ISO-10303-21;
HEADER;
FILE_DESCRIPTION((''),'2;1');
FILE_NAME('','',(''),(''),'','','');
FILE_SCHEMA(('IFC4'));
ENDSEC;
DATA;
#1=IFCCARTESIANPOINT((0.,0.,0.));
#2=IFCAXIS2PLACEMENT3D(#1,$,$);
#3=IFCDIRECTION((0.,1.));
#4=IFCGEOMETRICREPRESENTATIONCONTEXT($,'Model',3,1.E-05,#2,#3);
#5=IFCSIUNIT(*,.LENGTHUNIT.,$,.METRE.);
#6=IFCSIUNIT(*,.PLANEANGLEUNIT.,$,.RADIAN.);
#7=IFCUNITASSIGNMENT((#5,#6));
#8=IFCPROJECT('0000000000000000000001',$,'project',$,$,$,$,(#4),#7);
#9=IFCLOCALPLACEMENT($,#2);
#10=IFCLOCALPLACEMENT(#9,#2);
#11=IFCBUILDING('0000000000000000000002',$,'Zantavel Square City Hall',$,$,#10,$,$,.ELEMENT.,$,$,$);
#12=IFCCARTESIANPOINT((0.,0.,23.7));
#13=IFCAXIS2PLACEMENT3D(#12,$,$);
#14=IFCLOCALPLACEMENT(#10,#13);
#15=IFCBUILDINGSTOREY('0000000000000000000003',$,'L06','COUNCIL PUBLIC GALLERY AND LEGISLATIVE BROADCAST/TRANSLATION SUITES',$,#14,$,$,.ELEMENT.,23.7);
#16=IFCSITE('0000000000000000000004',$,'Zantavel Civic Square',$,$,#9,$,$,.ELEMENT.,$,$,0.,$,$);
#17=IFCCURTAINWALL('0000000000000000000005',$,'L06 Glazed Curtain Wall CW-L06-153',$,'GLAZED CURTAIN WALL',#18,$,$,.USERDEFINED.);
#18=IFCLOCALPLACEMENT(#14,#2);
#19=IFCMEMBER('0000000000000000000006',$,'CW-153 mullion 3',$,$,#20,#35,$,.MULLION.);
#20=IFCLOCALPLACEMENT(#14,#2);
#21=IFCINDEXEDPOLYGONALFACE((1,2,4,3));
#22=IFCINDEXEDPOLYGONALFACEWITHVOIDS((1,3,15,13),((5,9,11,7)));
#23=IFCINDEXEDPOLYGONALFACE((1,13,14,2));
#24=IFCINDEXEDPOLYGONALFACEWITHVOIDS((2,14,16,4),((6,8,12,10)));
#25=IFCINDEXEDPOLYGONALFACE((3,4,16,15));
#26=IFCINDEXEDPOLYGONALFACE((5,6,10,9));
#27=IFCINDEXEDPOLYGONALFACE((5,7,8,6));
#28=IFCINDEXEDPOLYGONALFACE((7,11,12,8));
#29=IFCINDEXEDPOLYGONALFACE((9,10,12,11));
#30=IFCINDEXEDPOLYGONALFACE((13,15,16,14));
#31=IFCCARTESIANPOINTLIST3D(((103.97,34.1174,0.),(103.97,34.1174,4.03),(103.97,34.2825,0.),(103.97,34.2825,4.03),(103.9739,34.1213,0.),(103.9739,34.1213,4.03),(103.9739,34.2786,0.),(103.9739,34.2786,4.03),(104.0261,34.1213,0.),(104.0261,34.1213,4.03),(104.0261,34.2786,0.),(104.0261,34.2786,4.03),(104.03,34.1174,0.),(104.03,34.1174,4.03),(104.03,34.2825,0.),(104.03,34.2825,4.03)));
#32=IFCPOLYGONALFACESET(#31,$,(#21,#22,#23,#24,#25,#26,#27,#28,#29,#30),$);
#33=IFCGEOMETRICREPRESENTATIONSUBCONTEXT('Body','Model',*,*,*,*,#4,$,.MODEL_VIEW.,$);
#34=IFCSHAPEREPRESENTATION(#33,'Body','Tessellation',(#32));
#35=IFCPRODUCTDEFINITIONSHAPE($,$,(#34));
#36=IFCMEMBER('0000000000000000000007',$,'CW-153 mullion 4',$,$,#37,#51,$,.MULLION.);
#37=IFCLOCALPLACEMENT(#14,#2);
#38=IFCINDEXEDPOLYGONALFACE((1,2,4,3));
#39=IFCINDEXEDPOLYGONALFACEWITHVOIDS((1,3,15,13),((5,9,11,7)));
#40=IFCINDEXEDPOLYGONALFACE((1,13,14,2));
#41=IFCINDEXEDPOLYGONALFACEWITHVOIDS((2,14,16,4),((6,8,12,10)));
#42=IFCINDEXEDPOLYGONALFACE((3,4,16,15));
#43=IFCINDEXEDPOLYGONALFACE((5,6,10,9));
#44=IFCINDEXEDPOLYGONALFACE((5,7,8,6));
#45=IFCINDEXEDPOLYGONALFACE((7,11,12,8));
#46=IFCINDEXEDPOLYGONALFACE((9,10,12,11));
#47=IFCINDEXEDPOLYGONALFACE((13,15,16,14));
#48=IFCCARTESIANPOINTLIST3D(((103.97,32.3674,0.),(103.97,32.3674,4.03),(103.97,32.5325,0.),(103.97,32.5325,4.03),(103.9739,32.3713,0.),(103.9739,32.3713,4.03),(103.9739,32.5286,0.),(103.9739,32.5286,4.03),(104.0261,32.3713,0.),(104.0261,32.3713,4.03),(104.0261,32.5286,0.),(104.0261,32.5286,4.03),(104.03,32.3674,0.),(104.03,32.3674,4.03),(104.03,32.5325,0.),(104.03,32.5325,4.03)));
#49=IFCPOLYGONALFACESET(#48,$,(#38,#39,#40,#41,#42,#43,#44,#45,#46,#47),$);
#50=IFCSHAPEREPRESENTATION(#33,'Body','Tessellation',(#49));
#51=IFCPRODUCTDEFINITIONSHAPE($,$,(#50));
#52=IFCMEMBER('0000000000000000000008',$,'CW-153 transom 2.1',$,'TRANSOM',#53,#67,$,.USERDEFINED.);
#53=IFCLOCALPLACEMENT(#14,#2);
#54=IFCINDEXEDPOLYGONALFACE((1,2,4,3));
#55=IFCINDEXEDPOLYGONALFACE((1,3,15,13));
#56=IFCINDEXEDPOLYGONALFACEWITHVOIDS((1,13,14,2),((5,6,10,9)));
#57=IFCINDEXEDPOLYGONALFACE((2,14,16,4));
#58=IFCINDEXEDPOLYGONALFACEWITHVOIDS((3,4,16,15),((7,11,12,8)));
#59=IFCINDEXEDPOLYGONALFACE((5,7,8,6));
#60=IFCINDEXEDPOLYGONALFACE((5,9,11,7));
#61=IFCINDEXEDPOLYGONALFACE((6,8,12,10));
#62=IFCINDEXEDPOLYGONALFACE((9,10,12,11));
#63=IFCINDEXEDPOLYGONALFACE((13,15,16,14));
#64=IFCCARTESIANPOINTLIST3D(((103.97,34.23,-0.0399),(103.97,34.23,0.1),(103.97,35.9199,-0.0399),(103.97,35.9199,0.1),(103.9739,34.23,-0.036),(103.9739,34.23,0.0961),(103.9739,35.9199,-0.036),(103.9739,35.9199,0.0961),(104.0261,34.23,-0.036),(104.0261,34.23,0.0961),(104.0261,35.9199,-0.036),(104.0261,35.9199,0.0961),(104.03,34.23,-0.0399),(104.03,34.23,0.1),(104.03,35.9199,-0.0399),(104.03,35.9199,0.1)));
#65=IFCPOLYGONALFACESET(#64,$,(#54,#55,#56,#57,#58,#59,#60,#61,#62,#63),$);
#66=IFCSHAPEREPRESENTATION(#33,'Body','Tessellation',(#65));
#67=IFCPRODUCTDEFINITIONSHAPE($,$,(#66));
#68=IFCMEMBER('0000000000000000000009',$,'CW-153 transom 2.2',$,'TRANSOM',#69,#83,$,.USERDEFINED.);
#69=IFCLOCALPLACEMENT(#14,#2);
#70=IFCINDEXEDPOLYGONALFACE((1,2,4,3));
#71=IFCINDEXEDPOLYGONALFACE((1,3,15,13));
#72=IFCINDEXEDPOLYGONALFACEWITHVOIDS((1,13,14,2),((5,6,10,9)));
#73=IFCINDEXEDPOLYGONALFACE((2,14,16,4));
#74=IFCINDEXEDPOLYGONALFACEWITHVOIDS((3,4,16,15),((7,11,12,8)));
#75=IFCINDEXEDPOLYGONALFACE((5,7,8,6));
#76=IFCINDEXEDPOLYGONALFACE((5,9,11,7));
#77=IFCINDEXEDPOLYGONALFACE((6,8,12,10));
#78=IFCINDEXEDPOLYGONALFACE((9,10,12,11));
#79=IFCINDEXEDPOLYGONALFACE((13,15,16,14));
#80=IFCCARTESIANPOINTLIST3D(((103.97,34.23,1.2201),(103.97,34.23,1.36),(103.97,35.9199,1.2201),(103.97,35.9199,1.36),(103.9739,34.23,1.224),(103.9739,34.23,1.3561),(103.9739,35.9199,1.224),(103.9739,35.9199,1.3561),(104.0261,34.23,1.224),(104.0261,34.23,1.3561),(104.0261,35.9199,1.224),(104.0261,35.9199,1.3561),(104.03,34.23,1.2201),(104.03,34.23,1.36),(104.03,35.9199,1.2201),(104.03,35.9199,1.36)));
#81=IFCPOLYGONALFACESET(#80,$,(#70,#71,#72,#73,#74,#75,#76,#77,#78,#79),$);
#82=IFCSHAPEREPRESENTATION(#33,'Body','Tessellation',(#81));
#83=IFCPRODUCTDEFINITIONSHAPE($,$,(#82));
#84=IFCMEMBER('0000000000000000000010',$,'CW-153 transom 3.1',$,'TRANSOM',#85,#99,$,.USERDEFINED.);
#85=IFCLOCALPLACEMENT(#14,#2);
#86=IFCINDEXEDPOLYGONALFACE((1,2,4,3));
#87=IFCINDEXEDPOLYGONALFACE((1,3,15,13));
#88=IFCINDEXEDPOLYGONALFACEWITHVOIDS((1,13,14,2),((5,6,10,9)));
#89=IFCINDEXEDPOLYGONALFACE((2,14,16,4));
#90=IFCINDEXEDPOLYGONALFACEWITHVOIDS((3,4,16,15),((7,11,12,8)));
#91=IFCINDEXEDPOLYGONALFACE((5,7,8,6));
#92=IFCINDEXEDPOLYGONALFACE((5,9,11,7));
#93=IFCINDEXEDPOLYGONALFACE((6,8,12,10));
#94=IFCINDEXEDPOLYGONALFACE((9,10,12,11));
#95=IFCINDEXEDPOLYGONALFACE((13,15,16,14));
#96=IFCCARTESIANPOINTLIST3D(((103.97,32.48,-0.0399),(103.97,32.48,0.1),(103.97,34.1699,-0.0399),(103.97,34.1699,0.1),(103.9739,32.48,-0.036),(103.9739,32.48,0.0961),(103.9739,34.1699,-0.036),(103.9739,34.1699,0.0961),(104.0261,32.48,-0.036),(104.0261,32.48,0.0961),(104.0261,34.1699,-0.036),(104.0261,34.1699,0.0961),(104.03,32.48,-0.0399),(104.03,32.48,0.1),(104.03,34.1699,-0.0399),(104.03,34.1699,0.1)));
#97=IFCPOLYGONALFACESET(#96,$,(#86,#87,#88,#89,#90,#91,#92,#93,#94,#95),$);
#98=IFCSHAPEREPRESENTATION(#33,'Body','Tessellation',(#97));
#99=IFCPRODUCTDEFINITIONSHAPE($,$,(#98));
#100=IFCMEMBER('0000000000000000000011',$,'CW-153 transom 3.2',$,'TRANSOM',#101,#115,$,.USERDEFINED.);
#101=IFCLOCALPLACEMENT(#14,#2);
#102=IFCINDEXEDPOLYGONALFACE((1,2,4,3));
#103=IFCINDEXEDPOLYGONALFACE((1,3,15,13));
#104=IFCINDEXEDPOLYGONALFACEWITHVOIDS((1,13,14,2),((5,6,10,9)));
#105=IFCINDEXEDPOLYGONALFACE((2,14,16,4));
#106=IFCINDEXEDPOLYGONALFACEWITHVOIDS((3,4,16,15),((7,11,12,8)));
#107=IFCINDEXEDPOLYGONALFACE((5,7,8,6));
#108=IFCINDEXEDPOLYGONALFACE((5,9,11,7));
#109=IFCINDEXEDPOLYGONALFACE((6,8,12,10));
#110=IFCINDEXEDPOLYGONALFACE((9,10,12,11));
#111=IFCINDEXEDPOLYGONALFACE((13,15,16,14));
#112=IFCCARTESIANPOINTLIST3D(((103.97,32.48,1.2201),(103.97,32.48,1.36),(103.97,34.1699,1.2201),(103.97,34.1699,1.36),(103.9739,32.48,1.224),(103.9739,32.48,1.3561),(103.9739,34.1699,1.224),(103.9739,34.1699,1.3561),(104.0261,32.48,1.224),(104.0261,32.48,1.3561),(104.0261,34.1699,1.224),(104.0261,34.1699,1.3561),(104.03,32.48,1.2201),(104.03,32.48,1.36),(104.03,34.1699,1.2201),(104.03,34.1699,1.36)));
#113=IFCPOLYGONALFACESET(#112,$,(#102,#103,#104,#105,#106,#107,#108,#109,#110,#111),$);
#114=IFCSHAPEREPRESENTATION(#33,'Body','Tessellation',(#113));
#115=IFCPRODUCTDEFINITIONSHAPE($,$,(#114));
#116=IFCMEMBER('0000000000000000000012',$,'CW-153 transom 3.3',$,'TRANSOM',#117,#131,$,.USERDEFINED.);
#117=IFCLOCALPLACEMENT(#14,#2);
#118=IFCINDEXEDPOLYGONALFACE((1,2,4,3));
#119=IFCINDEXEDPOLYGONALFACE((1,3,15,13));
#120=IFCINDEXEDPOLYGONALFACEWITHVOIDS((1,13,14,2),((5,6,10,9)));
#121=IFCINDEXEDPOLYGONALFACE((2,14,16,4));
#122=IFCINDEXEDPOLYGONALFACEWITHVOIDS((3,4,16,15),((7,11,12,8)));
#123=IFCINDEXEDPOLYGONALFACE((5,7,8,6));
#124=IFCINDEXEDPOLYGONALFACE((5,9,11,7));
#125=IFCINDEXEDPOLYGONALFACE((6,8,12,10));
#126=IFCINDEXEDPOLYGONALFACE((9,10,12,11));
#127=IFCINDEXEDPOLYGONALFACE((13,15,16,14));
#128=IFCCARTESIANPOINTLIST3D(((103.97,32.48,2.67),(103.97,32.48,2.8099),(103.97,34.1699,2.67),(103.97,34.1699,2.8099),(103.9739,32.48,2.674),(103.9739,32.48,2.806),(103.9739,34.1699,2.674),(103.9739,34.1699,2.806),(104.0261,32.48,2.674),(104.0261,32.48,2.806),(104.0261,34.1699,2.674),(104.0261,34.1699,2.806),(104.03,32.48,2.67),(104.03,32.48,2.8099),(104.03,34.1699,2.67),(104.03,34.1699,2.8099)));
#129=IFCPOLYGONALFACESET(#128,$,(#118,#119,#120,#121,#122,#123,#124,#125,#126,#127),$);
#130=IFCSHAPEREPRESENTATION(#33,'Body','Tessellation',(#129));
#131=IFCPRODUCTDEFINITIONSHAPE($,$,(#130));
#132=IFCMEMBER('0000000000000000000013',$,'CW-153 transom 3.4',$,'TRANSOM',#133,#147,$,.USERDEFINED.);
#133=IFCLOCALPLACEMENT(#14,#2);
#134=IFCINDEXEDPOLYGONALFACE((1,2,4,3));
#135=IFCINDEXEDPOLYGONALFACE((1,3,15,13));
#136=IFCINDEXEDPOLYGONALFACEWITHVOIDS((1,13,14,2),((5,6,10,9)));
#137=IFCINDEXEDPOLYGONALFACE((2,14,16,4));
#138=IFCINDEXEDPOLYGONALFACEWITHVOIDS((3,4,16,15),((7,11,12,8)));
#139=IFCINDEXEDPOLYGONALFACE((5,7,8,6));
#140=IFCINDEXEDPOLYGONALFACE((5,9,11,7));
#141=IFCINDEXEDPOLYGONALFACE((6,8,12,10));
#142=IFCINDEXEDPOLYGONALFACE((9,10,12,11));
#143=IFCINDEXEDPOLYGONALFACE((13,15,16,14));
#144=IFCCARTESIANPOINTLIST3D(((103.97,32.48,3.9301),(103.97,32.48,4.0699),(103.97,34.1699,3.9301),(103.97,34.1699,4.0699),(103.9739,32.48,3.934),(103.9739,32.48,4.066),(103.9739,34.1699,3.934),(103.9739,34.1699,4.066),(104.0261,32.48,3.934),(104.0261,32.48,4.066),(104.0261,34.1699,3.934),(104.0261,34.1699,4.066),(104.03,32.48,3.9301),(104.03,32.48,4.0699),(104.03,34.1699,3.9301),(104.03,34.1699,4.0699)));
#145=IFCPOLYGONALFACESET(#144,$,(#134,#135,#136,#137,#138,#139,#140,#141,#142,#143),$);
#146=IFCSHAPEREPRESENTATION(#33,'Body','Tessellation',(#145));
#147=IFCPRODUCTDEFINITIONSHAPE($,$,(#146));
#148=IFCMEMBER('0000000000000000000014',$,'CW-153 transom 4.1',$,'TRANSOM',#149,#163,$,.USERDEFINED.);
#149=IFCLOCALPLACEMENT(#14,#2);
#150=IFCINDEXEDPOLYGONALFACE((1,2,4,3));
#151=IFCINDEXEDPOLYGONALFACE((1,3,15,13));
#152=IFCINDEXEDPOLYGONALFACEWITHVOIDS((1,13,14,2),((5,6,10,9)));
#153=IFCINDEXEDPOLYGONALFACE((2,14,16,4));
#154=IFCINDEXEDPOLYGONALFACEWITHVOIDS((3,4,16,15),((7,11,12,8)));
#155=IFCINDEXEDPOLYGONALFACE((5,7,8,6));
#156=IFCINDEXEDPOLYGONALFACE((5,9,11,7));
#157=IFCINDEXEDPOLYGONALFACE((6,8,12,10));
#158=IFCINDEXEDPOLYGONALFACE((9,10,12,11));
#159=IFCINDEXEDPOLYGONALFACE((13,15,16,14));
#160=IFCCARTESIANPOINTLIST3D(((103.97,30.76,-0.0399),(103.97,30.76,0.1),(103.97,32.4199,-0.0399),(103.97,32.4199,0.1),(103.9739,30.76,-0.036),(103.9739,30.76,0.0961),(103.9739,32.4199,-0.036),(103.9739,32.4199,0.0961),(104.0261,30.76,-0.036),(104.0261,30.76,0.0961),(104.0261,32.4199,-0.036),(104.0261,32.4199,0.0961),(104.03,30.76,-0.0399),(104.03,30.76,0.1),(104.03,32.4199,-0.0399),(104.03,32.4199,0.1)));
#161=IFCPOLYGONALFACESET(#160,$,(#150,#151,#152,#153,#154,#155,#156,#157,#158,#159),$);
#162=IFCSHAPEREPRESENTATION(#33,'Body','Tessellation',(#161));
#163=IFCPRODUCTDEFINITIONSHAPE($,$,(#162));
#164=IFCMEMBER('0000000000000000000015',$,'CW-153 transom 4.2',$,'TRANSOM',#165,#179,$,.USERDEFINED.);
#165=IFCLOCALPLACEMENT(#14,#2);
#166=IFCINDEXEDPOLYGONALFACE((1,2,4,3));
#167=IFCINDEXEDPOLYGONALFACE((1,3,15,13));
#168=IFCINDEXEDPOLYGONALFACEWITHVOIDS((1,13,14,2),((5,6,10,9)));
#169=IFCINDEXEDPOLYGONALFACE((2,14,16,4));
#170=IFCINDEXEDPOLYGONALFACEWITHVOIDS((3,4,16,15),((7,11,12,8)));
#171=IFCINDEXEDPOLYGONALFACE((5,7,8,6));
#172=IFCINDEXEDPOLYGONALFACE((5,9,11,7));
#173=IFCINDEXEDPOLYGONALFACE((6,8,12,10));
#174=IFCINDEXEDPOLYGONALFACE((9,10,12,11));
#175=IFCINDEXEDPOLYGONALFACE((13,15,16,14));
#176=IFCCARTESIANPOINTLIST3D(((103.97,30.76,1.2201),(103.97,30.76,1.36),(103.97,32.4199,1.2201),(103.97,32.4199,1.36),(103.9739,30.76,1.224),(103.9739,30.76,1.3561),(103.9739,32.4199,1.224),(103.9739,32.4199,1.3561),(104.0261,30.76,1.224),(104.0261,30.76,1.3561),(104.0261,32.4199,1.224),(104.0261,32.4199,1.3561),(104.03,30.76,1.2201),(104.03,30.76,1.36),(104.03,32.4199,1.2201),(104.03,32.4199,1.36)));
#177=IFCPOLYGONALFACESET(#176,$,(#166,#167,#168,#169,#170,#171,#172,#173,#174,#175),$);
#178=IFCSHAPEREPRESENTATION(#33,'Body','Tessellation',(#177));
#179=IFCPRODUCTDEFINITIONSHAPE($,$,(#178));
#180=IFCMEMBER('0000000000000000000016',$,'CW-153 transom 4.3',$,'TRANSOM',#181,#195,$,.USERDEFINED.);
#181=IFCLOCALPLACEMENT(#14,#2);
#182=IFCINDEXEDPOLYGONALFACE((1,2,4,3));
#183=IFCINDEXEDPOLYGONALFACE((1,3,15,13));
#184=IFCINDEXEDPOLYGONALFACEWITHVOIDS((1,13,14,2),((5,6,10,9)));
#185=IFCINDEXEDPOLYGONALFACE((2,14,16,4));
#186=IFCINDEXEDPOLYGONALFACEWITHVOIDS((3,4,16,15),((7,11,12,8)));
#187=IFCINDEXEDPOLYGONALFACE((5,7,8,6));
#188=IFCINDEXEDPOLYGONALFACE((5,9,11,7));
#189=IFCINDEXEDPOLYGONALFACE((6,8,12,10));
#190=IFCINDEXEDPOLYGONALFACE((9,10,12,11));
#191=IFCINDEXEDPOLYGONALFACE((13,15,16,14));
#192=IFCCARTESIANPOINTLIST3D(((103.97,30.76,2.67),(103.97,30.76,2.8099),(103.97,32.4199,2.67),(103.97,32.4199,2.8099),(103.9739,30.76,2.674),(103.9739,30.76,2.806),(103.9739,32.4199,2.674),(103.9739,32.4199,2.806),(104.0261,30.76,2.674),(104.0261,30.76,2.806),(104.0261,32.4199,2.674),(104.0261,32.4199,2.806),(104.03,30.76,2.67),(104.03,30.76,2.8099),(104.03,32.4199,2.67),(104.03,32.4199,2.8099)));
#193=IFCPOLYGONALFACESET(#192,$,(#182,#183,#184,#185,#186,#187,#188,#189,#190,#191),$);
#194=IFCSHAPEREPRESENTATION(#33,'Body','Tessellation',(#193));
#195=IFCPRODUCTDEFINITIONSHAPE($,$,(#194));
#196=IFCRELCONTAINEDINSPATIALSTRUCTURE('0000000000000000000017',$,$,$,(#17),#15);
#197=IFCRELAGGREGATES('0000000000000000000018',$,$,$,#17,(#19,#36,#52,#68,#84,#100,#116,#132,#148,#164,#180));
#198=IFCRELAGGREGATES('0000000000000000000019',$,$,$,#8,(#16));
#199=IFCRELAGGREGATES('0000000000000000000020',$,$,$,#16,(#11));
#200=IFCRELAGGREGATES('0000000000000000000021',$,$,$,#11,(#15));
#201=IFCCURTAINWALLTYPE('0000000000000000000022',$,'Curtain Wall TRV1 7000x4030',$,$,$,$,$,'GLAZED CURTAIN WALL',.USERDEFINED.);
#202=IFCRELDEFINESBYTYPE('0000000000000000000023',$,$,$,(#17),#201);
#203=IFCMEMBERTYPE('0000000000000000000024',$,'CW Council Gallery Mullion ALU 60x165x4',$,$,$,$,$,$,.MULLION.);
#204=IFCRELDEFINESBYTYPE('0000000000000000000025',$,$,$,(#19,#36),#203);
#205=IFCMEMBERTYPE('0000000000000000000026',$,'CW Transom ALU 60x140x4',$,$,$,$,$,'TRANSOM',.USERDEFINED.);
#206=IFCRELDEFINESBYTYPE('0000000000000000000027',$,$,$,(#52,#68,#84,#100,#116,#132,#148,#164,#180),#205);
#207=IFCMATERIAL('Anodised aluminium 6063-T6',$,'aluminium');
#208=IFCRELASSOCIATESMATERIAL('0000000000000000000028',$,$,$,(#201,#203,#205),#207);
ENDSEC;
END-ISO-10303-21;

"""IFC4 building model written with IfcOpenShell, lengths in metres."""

from ifc_helpers import new_model, si_unit, direction, frame, origin, origin_2d, place, context, subcontext, project, spatial, hollow_rectangle, extrude, material, material_profile, profile_set, type_object, element, aggregate, save


model = new_model("IFC4")

# Units and contexts
model_context = context("Model", 3, precision=1e-05, world=origin(), true_north=direction((0.0, 1.0)))
body_context = subcontext(model_context, "Body", "Model", "MODEL_VIEW")
ifc_project = project(units=[si_unit("LENGTHUNIT", "METRE"), si_unit("PLANEANGLEUNIT", "RADIAN")], contexts=[model_context])

# Site, building, storey
site_placement = place(None, origin())
site = spatial("IfcSite", under=ifc_project, at=site_placement, Name="Zantavel Civic Square", CompositionType="ELEMENT", RefElevation=0.0)
building_placement = place(site_placement, origin())
building = spatial("IfcBuilding", under=site, at=building_placement, Name="Zantavel Square City Hall", CompositionType="ELEMENT")
storey_placement = place(building_placement, frame((0.0, 0.0, 23.7)))
storey = spatial("IfcBuildingStorey", under=building, at=storey_placement, Name="L06", Description="COUNCIL PUBLIC GALLERY AND LEGISLATIVE BROADCAST/TRANSLATION SUITES", CompositionType="ELEMENT", Elevation=23.7)

# Curtain wall, members
ifc_material_1 = material(Name="Anodised aluminium 6063-T6", Category="aluminium")
curtain_wall_type = type_object("IfcCurtainWallType", Name="Curtain Wall TRV1 7000x4030", ElementType="GLAZED CURTAIN WALL", PredefinedType="USERDEFINED", material=ifc_material_1)
curtain_wall_placement = place(storey_placement, origin())
curtain_wall = element("IfcCurtainWall", 1, at=curtain_wall_placement, inside=storey, type_object=curtain_wall_type, Name="L06 Glazed Curtain Wall CW-L06-153", ObjectType="GLAZED CURTAIN WALL", PredefinedType="USERDEFINED")
ifc_material_profile_1 = material_profile(ifc_material_1, hollow_rectangle(XDim=0.0601, YDim=0.165, WallThickness=0.0039, at=origin_2d()), Name="ALU 60x165x4")
ifc_profile_set_1 = profile_set([ifc_material_profile_1], Name="Anodised aluminium 6063-T6")
member_type_1 = type_object("IfcMemberType", Name="CW Council Gallery Mullion ALU 60x165x4", PredefinedType="MULLION", material=ifc_profile_set_1)
member_1_placement = place(storey_placement, frame((104.0, 34.2, 0.0), z_axis=(0.0, 0.0, 1.0), x_axis=(1.0, 0.0, 0.0)))
member_1 = element("IfcMember", 2, at=member_1_placement, type_object=member_type_1, Name="CW-153 mullion 3", PredefinedType="MULLION", context=body_context, shape_type="SweptSolid", body=[
    extrude(hollow_rectangle(XDim=0.0601, YDim=0.165, WallThickness=0.0039, at=origin_2d()), origin(), (0.0, 0.0, 1.0), 4.03),
])
member_2_placement = place(storey_placement, frame((104.0, 32.45, 0.0), z_axis=(0.0, 0.0, 1.0), x_axis=(1.0, 0.0, 0.0)))
member_2 = element("IfcMember", 3, at=member_2_placement, type_object=member_type_1, Name="CW-153 mullion 4", PredefinedType="MULLION", context=body_context, shape_type="SweptSolid", body=[
    extrude(hollow_rectangle(XDim=0.0601, YDim=0.165, WallThickness=0.0039, at=origin_2d()), origin(), (0.0, 0.0, 1.0), 4.03),
])
ifc_material_profile_2 = material_profile(ifc_material_1, hollow_rectangle(XDim=0.0601, YDim=0.1399, WallThickness=0.0039, at=origin_2d()), Name="ALU 60x140x4")
ifc_profile_set_2 = profile_set([ifc_material_profile_2], Name="Anodised aluminium 6063-T6")
member_type_2 = type_object("IfcMemberType", Name="CW Transom ALU 60x140x4", ElementType="TRANSOM", PredefinedType="USERDEFINED", material=ifc_profile_set_2)
member_3_placement = place(storey_placement, frame((104.0, 35.9199, 0.03), z_axis=(0.0, -1.0, 0.0), x_axis=(1.0, 0.0, 0.0)))
member_3 = element("IfcMember", 4, at=member_3_placement, type_object=member_type_2, Name="CW-153 transom 2.1", ObjectType="TRANSOM", PredefinedType="USERDEFINED", context=body_context, shape_type="SweptSolid", body=[
    extrude(hollow_rectangle(XDim=0.0601, YDim=0.1399, WallThickness=0.0039, at=origin_2d()), origin(), (0.0, 0.0, 1.0), 1.6899),
])
member_4_placement = place(storey_placement, frame((104.0, 35.9199, 1.29), z_axis=(0.0, -1.0, 0.0), x_axis=(1.0, 0.0, 0.0)))
member_4 = element("IfcMember", 5, at=member_4_placement, type_object=member_type_2, Name="CW-153 transom 2.2", ObjectType="TRANSOM", PredefinedType="USERDEFINED", context=body_context, shape_type="SweptSolid", body=[
    extrude(hollow_rectangle(XDim=0.0601, YDim=0.1399, WallThickness=0.0039, at=origin_2d()), origin(), (0.0, 0.0, 1.0), 1.6899),
])
member_5_placement = place(storey_placement, frame((104.0, 34.1699, 0.03), z_axis=(0.0, -1.0, 0.0), x_axis=(1.0, 0.0, 0.0)))
member_5 = element("IfcMember", 6, at=member_5_placement, type_object=member_type_2, Name="CW-153 transom 3.1", ObjectType="TRANSOM", PredefinedType="USERDEFINED", context=body_context, shape_type="SweptSolid", body=[
    extrude(hollow_rectangle(XDim=0.0601, YDim=0.1399, WallThickness=0.0039, at=origin_2d()), origin(), (0.0, 0.0, 1.0), 1.6899),
])
member_6_placement = place(storey_placement, frame((104.0, 34.1699, 1.29), z_axis=(0.0, -1.0, 0.0), x_axis=(1.0, 0.0, 0.0)))
member_6 = element("IfcMember", 7, at=member_6_placement, type_object=member_type_2, Name="CW-153 transom 3.2", ObjectType="TRANSOM", PredefinedType="USERDEFINED", context=body_context, shape_type="SweptSolid", body=[
    extrude(hollow_rectangle(XDim=0.0601, YDim=0.1399, WallThickness=0.0039, at=origin_2d()), origin(), (0.0, 0.0, 1.0), 1.6899),
])
member_7_placement = place(storey_placement, frame((104.0, 34.1699, 2.74), z_axis=(0.0, -1.0, 0.0), x_axis=(1.0, 0.0, 0.0)))
member_7 = element("IfcMember", 8, at=member_7_placement, type_object=member_type_2, Name="CW-153 transom 3.3", ObjectType="TRANSOM", PredefinedType="USERDEFINED", context=body_context, shape_type="SweptSolid", body=[
    extrude(hollow_rectangle(XDim=0.0601, YDim=0.1399, WallThickness=0.0039, at=origin_2d()), origin(), (0.0, 0.0, 1.0), 1.6899),
])
member_8_placement = place(storey_placement, frame((104.0, 34.1699, 4.0), z_axis=(0.0, -1.0, 0.0), x_axis=(1.0, 0.0, 0.0)))
member_8 = element("IfcMember", 9, at=member_8_placement, type_object=member_type_2, Name="CW-153 transom 3.4", ObjectType="TRANSOM", PredefinedType="USERDEFINED", context=body_context, shape_type="SweptSolid", body=[
    extrude(hollow_rectangle(XDim=0.0601, YDim=0.1399, WallThickness=0.0039, at=origin_2d()), origin(), (0.0, 0.0, 1.0), 1.6899),
])
member_9_placement = place(storey_placement, frame((104.0, 32.4199, 0.03), z_axis=(0.0, -1.0, 0.0), x_axis=(1.0, 0.0, 0.0)))
member_9 = element("IfcMember", 10, at=member_9_placement, type_object=member_type_2, Name="CW-153 transom 4.1", ObjectType="TRANSOM", PredefinedType="USERDEFINED", context=body_context, shape_type="SweptSolid", body=[
    extrude(hollow_rectangle(XDim=0.0601, YDim=0.1399, WallThickness=0.0039, at=origin_2d()), origin(), (0.0, 0.0, 1.0), 1.6599),
])
member_10_placement = place(storey_placement, frame((104.0, 32.4199, 1.29), z_axis=(0.0, -1.0, 0.0), x_axis=(1.0, 0.0, 0.0)))
member_10 = element("IfcMember", 11, at=member_10_placement, type_object=member_type_2, Name="CW-153 transom 4.2", ObjectType="TRANSOM", PredefinedType="USERDEFINED", context=body_context, shape_type="SweptSolid", body=[
    extrude(hollow_rectangle(XDim=0.0601, YDim=0.1399, WallThickness=0.0039, at=origin_2d()), origin(), (0.0, 0.0, 1.0), 1.6599),
])
member_11_placement = place(storey_placement, frame((104.0, 32.4199, 2.74), z_axis=(0.0, -1.0, 0.0), x_axis=(1.0, 0.0, 0.0)))
member_11 = element("IfcMember", 12, at=member_11_placement, type_object=member_type_2, Name="CW-153 transom 4.3", ObjectType="TRANSOM", PredefinedType="USERDEFINED", context=body_context, shape_type="SweptSolid", body=[
    extrude(hollow_rectangle(XDim=0.0601, YDim=0.1399, WallThickness=0.0039, at=origin_2d()), origin(), (0.0, 0.0, 1.0), 1.6599),
])
aggregate(curtain_wall, [member_1, member_2, member_3, member_4, member_5, member_6, member_7, member_8, member_9, member_10, member_11])

save(model, "model.ifc")
